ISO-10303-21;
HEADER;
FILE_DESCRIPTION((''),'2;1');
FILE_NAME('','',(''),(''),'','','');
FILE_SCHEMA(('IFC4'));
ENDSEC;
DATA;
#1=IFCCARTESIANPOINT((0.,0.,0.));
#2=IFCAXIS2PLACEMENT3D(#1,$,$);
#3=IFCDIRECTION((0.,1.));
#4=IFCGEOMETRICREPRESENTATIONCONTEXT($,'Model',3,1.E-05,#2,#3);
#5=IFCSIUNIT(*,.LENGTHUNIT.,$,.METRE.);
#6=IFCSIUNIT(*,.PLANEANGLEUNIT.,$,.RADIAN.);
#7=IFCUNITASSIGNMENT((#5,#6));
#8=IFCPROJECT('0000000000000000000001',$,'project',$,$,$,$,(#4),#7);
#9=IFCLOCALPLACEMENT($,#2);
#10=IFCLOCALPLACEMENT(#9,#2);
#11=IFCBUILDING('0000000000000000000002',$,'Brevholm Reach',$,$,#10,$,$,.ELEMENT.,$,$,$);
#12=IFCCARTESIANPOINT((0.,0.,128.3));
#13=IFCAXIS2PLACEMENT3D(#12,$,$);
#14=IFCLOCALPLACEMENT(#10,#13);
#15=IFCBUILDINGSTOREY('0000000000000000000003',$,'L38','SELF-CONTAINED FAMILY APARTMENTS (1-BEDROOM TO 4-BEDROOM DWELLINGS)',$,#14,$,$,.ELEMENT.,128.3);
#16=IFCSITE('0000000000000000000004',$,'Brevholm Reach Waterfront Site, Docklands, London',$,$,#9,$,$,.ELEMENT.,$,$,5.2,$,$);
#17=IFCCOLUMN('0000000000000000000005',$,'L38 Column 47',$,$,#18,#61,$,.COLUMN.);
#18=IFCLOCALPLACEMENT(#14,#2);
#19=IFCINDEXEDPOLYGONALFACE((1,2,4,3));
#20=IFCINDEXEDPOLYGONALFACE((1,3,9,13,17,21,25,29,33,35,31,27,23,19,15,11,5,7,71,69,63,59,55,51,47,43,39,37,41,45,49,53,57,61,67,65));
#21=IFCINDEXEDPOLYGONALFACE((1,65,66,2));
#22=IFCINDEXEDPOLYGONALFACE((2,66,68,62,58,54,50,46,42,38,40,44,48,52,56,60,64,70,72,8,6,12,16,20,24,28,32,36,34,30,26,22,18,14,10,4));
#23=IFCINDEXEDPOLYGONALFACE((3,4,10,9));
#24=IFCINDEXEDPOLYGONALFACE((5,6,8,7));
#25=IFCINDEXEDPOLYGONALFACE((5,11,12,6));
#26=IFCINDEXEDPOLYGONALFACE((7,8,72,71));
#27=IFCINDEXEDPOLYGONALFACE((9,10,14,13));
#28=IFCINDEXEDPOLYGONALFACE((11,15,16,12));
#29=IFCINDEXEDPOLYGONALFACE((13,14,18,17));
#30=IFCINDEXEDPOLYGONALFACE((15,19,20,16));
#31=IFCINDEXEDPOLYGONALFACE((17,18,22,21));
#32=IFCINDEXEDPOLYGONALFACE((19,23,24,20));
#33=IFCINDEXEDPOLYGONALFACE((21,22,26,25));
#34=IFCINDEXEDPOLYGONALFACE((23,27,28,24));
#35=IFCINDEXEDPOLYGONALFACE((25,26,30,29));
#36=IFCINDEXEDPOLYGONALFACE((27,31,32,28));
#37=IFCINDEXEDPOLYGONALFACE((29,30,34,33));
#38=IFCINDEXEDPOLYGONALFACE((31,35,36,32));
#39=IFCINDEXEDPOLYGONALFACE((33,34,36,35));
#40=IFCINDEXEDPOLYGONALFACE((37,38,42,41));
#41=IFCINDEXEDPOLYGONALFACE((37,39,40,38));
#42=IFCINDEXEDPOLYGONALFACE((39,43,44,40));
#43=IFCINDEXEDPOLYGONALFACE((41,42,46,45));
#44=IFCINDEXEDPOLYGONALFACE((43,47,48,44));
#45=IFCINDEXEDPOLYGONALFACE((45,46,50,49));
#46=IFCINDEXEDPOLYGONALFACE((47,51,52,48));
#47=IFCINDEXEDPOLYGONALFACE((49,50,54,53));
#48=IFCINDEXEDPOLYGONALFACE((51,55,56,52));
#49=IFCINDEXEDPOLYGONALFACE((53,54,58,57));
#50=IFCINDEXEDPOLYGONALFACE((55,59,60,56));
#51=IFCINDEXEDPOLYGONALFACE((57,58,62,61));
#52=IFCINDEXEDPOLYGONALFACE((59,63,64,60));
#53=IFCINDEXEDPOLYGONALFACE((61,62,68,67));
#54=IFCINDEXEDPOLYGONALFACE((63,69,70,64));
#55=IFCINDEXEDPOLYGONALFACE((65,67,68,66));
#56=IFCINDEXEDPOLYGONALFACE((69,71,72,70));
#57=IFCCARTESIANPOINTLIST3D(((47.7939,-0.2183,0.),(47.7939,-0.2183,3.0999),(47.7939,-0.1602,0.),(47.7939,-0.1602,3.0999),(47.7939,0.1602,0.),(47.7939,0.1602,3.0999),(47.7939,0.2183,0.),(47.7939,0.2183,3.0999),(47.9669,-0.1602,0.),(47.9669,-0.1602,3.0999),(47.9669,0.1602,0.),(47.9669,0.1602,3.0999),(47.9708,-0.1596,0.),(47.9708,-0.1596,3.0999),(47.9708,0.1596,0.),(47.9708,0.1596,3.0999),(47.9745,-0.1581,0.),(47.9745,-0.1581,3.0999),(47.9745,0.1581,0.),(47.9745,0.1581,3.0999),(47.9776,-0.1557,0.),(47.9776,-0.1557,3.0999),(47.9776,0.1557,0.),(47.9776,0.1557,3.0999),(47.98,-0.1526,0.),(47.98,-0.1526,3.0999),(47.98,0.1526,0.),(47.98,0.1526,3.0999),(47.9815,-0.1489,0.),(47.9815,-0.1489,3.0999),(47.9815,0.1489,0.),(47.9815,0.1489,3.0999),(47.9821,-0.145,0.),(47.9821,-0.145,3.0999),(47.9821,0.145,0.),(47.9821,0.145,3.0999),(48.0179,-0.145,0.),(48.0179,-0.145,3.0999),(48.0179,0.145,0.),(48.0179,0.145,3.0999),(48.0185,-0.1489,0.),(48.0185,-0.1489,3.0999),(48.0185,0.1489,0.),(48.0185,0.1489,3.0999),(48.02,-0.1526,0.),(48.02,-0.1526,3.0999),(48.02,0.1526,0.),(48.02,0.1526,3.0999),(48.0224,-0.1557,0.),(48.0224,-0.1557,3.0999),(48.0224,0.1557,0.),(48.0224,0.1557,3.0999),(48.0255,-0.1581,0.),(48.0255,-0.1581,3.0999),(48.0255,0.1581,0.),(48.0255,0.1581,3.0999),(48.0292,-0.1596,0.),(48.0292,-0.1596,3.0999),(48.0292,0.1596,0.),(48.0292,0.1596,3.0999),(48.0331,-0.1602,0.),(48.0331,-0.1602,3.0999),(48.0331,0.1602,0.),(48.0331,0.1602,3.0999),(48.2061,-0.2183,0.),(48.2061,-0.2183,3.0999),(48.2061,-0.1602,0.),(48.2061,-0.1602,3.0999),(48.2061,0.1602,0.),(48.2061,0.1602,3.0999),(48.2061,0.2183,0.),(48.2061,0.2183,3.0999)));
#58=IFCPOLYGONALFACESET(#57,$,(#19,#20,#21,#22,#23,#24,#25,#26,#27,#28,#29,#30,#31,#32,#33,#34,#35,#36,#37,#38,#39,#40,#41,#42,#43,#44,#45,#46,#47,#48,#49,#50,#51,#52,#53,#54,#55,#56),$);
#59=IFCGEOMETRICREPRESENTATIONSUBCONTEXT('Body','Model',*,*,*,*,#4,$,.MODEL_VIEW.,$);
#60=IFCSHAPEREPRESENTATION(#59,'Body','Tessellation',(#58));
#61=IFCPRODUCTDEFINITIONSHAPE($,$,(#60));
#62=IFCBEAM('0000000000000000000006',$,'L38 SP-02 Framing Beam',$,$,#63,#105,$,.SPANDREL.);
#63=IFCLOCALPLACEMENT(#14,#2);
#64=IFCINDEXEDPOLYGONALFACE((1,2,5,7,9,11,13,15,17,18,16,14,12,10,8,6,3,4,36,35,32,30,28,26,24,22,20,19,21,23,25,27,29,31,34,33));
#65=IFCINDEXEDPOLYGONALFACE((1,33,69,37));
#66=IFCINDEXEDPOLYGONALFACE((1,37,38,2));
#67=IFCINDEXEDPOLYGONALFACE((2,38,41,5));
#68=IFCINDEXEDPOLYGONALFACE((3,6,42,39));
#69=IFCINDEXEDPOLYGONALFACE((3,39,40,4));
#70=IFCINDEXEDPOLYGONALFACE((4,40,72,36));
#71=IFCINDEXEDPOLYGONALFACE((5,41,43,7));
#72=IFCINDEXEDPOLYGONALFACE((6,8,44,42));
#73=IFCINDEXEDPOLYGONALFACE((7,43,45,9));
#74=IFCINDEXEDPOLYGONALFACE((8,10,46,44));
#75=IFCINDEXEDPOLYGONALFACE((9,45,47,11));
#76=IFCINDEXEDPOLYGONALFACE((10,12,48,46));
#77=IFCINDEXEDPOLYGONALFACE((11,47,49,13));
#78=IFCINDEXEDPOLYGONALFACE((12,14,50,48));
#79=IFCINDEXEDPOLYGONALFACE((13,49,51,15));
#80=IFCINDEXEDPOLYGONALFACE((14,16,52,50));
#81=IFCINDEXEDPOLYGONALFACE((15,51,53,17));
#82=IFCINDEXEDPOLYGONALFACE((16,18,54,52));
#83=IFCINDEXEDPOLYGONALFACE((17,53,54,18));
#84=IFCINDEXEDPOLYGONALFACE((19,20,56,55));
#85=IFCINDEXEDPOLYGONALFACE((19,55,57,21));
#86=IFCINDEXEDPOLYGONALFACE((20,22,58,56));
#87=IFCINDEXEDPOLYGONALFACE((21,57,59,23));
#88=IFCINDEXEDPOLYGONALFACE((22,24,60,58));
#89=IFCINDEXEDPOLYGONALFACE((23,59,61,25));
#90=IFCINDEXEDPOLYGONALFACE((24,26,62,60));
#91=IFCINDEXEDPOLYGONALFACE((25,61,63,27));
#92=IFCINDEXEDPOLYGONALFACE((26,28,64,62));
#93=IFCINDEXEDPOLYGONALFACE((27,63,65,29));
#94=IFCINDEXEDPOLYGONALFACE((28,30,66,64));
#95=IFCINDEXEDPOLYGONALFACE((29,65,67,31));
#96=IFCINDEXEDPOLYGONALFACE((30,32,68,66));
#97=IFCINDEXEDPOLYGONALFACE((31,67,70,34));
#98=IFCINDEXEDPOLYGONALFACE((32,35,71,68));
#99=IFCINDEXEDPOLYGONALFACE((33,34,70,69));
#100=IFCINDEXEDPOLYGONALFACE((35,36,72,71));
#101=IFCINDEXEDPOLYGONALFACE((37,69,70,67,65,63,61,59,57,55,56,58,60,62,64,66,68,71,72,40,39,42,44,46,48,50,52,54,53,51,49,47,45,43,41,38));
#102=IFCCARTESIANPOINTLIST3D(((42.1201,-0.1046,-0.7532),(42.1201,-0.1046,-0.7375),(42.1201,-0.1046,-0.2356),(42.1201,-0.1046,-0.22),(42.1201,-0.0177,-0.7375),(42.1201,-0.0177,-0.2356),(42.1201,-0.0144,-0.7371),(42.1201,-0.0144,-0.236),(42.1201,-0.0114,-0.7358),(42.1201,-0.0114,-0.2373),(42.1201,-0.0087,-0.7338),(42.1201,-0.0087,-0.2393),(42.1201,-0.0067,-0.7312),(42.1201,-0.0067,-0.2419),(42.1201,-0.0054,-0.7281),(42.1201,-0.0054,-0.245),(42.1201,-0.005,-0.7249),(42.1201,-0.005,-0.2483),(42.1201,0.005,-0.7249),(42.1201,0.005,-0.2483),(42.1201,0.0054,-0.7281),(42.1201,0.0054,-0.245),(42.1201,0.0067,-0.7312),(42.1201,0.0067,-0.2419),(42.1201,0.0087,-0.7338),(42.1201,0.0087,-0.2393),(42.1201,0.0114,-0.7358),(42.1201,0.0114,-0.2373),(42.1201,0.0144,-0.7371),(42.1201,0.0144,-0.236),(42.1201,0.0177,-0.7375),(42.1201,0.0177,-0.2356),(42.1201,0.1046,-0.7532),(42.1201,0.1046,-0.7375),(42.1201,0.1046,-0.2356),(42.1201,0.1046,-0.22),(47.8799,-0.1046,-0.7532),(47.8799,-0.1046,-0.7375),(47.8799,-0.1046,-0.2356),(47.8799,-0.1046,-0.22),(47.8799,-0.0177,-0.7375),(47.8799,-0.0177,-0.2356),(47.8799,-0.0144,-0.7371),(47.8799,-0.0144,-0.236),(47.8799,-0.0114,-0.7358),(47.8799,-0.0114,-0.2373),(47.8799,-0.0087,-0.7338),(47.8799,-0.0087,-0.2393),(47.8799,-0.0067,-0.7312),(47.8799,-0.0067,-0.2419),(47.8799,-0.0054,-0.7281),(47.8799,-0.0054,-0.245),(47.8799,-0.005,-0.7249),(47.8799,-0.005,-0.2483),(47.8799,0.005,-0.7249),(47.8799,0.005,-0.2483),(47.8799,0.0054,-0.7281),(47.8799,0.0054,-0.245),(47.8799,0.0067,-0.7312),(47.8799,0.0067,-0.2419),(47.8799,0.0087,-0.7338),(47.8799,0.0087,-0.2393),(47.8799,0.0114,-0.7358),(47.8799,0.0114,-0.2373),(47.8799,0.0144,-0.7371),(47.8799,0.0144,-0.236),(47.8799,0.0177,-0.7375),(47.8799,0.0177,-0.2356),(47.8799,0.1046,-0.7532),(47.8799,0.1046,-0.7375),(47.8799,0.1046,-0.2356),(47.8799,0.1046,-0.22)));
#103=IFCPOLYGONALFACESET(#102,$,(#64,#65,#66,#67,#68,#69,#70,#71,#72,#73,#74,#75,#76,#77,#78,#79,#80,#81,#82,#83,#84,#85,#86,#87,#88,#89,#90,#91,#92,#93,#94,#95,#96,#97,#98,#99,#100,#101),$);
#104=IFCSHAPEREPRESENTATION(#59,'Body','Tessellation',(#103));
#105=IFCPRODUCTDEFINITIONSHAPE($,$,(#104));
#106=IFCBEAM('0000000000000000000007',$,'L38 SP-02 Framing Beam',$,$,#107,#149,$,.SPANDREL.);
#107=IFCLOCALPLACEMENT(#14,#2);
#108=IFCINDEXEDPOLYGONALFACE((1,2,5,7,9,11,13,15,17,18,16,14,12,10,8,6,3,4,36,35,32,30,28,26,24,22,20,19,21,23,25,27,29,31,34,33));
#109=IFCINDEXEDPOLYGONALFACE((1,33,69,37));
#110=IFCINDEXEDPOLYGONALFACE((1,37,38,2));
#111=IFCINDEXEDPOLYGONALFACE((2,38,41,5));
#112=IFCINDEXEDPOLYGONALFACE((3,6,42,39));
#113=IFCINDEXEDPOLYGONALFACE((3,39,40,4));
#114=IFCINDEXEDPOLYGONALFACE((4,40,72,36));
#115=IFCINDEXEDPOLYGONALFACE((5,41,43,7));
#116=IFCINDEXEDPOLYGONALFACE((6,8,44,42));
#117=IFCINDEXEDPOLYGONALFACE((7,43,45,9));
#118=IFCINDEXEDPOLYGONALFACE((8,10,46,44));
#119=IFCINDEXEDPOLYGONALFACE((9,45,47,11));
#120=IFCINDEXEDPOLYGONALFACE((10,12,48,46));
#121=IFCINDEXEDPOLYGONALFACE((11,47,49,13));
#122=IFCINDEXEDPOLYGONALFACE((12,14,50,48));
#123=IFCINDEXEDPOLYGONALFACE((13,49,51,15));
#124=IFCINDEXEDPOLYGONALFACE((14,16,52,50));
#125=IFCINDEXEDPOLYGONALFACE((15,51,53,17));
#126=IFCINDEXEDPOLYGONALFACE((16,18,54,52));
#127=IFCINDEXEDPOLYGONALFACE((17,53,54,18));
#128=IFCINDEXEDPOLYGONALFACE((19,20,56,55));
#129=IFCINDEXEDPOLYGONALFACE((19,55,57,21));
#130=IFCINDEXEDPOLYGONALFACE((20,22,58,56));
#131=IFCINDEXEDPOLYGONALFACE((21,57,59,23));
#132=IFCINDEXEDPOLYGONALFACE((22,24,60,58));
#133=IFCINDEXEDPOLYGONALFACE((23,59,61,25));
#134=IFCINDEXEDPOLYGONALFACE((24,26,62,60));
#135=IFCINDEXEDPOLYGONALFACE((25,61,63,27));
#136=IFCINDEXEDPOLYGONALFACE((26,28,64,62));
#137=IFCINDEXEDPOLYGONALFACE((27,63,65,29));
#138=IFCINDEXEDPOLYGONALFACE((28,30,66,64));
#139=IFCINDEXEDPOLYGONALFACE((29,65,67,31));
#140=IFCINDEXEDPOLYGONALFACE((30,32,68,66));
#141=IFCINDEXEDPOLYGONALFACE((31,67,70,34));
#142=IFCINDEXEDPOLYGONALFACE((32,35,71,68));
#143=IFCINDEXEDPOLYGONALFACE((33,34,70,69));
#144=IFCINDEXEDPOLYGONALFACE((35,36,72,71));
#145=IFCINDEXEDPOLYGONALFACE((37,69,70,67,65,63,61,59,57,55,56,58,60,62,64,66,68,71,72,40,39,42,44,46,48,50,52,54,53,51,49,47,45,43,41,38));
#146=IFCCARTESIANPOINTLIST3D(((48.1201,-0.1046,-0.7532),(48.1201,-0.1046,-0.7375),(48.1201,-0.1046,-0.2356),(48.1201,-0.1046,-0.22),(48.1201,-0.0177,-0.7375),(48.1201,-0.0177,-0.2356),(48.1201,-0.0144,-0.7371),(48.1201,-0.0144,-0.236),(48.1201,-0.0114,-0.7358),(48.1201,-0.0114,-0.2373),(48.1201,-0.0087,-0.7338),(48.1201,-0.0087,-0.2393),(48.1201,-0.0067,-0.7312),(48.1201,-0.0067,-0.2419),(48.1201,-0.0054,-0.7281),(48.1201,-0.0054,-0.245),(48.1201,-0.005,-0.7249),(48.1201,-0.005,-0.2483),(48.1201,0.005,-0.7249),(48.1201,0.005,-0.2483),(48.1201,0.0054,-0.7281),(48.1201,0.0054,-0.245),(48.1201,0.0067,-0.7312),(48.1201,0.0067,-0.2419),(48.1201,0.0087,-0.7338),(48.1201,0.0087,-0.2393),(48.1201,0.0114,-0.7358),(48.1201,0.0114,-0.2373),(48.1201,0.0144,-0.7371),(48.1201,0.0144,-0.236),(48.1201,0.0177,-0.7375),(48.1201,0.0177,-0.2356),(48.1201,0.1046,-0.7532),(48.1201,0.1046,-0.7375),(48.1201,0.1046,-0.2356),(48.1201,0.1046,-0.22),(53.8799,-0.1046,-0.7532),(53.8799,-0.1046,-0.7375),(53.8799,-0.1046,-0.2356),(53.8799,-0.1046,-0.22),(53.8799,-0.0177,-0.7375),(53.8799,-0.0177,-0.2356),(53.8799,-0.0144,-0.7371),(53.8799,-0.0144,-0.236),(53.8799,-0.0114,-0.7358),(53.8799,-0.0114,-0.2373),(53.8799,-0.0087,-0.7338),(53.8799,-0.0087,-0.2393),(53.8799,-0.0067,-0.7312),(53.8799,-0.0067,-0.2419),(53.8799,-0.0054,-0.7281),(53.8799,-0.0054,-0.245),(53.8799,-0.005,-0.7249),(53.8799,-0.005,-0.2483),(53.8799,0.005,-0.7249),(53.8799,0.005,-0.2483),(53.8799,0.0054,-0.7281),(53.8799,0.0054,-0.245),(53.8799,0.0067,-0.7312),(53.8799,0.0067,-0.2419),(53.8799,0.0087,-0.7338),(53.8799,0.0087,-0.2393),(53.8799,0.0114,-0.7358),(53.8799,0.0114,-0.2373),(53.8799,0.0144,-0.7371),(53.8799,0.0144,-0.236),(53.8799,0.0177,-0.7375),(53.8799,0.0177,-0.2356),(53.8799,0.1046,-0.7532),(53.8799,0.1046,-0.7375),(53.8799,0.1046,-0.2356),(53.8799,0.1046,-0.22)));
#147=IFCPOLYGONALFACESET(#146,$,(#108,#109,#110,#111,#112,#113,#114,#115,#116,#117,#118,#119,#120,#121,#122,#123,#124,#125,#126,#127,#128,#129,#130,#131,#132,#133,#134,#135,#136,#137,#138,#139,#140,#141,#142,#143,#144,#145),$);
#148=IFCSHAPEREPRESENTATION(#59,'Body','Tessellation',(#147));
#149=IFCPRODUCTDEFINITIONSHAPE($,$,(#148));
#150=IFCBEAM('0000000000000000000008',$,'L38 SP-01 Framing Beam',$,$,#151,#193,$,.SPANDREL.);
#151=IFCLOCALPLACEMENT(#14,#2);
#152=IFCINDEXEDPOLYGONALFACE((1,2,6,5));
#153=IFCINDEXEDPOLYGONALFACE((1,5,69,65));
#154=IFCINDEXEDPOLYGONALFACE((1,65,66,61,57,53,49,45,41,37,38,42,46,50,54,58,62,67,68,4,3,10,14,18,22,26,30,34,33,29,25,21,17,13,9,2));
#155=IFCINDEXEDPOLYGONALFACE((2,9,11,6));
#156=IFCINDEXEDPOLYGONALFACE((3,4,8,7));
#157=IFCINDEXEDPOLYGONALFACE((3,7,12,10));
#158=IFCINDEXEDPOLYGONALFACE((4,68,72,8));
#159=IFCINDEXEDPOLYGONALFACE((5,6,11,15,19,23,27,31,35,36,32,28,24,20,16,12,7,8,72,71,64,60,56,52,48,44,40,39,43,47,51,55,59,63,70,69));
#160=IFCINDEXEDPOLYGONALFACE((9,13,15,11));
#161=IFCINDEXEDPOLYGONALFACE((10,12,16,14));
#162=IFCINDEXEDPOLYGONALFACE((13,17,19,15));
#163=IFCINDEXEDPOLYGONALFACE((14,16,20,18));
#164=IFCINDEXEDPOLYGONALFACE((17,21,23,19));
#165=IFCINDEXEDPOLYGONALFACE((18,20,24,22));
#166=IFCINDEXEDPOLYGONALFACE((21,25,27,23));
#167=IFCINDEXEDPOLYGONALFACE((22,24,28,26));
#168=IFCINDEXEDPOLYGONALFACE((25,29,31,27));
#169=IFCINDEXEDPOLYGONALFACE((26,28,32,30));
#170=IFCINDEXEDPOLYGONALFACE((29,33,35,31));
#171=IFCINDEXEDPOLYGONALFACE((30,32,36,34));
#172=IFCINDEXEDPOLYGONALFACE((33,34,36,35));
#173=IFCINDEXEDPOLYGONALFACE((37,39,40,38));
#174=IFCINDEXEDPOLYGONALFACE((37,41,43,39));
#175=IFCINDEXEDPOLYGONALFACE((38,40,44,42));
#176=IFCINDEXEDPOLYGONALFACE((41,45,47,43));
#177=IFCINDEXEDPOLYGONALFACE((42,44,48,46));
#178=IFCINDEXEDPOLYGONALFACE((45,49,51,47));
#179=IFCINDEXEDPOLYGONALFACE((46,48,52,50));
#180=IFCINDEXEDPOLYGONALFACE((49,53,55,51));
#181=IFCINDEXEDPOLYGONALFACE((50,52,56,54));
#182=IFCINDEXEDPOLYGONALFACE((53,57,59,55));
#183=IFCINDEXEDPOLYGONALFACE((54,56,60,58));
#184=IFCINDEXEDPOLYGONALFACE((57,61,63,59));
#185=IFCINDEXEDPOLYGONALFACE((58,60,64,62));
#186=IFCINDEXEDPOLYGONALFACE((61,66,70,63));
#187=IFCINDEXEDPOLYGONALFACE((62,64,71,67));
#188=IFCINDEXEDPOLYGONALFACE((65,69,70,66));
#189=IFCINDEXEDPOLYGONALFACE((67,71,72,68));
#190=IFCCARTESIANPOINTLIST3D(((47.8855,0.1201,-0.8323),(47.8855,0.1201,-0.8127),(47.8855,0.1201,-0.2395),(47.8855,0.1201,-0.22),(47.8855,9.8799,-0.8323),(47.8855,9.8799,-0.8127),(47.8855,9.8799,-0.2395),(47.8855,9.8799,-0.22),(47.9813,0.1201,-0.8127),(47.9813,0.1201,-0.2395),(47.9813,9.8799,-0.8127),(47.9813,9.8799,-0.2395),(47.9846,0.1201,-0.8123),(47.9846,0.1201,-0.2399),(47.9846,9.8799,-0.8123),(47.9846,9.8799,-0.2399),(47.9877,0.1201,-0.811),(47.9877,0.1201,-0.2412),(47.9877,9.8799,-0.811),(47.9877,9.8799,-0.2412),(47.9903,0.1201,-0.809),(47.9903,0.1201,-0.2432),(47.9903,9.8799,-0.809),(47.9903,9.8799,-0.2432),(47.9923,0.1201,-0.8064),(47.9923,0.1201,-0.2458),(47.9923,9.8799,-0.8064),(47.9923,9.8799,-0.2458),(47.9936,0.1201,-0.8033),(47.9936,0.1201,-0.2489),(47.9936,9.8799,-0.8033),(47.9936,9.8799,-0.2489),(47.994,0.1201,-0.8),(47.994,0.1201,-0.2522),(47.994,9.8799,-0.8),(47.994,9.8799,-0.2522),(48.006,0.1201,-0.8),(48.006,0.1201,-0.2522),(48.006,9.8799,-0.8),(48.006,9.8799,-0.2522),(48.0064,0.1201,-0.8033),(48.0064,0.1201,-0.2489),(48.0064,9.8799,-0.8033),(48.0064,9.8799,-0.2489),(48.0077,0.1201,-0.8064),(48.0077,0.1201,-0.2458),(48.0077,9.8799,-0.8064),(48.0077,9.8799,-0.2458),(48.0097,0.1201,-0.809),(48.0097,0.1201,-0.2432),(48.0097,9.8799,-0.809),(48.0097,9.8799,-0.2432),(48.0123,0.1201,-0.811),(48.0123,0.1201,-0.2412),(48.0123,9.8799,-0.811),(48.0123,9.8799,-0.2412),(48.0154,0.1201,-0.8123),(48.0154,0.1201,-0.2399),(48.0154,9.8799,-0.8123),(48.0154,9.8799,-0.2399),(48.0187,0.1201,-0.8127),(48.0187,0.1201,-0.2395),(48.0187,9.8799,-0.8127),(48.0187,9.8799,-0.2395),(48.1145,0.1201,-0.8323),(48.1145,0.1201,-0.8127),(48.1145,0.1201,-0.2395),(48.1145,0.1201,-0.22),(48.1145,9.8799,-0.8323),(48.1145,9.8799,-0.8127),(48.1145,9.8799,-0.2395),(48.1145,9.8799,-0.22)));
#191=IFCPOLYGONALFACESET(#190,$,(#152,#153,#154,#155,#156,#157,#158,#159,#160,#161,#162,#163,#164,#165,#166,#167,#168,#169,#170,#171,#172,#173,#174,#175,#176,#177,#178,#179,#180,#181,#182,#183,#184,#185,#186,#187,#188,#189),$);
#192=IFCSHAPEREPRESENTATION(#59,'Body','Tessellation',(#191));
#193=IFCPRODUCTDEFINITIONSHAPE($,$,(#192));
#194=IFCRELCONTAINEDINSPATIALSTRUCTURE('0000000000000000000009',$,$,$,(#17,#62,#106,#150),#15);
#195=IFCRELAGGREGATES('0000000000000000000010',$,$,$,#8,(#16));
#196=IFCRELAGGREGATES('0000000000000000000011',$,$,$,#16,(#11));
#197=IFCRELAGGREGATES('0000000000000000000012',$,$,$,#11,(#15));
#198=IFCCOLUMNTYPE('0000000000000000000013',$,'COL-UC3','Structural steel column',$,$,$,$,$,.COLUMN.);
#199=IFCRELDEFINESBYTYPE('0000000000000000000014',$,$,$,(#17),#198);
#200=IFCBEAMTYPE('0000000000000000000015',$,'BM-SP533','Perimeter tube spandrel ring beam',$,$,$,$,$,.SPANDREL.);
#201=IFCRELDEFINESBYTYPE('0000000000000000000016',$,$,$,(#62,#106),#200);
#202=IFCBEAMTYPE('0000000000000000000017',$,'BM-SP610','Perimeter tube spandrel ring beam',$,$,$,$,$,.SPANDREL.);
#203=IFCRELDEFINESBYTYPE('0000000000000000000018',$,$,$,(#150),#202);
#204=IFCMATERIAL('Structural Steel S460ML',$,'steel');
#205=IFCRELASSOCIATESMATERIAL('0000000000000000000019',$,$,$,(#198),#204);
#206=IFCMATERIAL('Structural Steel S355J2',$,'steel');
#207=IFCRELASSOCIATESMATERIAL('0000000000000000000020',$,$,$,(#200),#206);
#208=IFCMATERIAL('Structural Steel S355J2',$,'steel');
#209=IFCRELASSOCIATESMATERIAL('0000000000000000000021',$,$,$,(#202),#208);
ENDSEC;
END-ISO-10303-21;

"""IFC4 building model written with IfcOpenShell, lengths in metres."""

from ifc_helpers import new_model, si_unit, direction, frame, origin, origin_2d, place, context, subcontext, project, spatial, i_section, extrude, material, material_profile, profile_set, type_object, element, save


model = new_model("IFC4")

# Units and contexts
model_context = context("Model", 3, precision=1e-05, world=origin(), true_north=direction((0.0, 1.0)))
body_context = subcontext(model_context, "Body", "Model", "MODEL_VIEW")
ifc_project = project(units=[si_unit("LENGTHUNIT", "METRE"), si_unit("PLANEANGLEUNIT", "RADIAN")], contexts=[model_context])

# Site, building, storey
site_placement = place(None, origin())
site = spatial("IfcSite", under=ifc_project, at=site_placement, Name="Brevholm Reach Waterfront Site, Docklands, London", CompositionType="ELEMENT", RefElevation=5.2)
building_placement = place(site_placement, origin())
building = spatial("IfcBuilding", under=site, at=building_placement, Name="Brevholm Reach", CompositionType="ELEMENT")
storey_placement = place(building_placement, frame((0.0, 0.0, 128.3)))
storey = spatial("IfcBuildingStorey", under=building, at=storey_placement, Name="L38", Description="SELF-CONTAINED FAMILY APARTMENTS (1-BEDROOM TO 4-BEDROOM DWELLINGS)", CompositionType="ELEMENT", Elevation=128.3)

# Column
ifc_material_1 = material(Name="Structural Steel S460ML", Category="steel")
ifc_material_profile_1 = material_profile(ifc_material_1, i_section(OverallWidth=0.4121, OverallDepth=0.4365, WebThickness=0.0359, FlangeThickness=0.0581, FilletRadius=0.0151, at=origin_2d()), Name="UKC 356x406x467")
ifc_profile_set_1 = profile_set([ifc_material_profile_1], Name="Structural Steel S460ML")
column_type = type_object("IfcColumnType", Name="COL-UC3", Description="Structural steel column", PredefinedType="COLUMN", material=ifc_profile_set_1)
column_placement = place(storey_placement, frame((48.0, 0.0, 0.0), z_axis=(0.0, 0.0, 1.0), x_axis=(1.0, 0.0, 0.0)))
element("IfcColumn", 1, at=column_placement, inside=storey, type_object=column_type, Name="L38 Column 47", PredefinedType="COLUMN", context=body_context, shape_type="SweptSolid", body=[
    extrude(i_section(OverallWidth=0.4121, OverallDepth=0.4365, WebThickness=0.0359, FlangeThickness=0.0581, FilletRadius=0.0151, at=origin_2d()), origin(), (0.0, 0.0, 1.0), 3.0999),
])

# Beams
ifc_material_2 = material(Name="Structural Steel S355J2", Category="steel")
ifc_material_profile_2 = material_profile(ifc_material_2, i_section(OverallWidth=0.2092, OverallDepth=0.5332, WebThickness=0.01, FlangeThickness=0.0156, FilletRadius=0.0127, at=origin_2d()), Name="UKB 533x210x92")
ifc_profile_set_2 = profile_set([ifc_material_profile_2], Name="Structural Steel S355J2")
beam_type_1 = type_object("IfcBeamType", Name="BM-SP533", Description="Perimeter tube spandrel ring beam", PredefinedType="SPANDREL", material=ifc_profile_set_2)
for number, where, z_axis, x_axis, name in (
    (2, (42.1201, 0.0, -0.4866), (1.0, 0.0, 0.0), (0.0, 1.0, 0.0), "L38 SP-02 Framing Beam"),
    (3, (48.1201, 0.0, -0.4866), (1.0, 0.0, 0.0), (0.0, 1.0, 0.0), "L38 SP-02 Framing Beam"),
):
    element("IfcBeam", number, at=place(storey_placement, frame(where, z_axis=z_axis, x_axis=x_axis)), inside=storey, type_object=beam_type_1, Name=name, PredefinedType="SPANDREL", context=body_context, shape_type="SweptSolid", body=[
        extrude(i_section(OverallWidth=0.2092, OverallDepth=0.5332, WebThickness=0.01, FlangeThickness=0.0156, FilletRadius=0.0127, at=origin_2d()), origin(), (0.0, 0.0, 1.0), 5.7598),
    ])
ifc_material_3 = material(Name="Structural Steel S355J2", Category="steel")
ifc_material_profile_3 = material_profile(ifc_material_3, i_section(OverallWidth=0.229, OverallDepth=0.6123, WebThickness=0.012, FlangeThickness=0.0195, FilletRadius=0.0127, at=origin_2d()), Name="UKB 610x229x125")
ifc_profile_set_3 = profile_set([ifc_material_profile_3], Name="Structural Steel S355J2")
beam_type_2 = type_object("IfcBeamType", Name="BM-SP610", Description="Perimeter tube spandrel ring beam", PredefinedType="SPANDREL", material=ifc_profile_set_3)
beam_placement = place(storey_placement, frame((48.0, 0.1201, -0.5261), z_axis=(0.0, 1.0, 0.0), x_axis=(-1.0, 0.0, 0.0)))
element("IfcBeam", 4, at=beam_placement, inside=storey, type_object=beam_type_2, Name="L38 SP-01 Framing Beam", PredefinedType="SPANDREL", context=body_context, shape_type="SweptSolid", body=[
    extrude(i_section(OverallWidth=0.229, OverallDepth=0.6123, WebThickness=0.012, FlangeThickness=0.0195, FilletRadius=0.0127, at=origin_2d()), origin(), (0.0, 0.0, 1.0), 9.7598),
])

save(model, "model.ifc")
